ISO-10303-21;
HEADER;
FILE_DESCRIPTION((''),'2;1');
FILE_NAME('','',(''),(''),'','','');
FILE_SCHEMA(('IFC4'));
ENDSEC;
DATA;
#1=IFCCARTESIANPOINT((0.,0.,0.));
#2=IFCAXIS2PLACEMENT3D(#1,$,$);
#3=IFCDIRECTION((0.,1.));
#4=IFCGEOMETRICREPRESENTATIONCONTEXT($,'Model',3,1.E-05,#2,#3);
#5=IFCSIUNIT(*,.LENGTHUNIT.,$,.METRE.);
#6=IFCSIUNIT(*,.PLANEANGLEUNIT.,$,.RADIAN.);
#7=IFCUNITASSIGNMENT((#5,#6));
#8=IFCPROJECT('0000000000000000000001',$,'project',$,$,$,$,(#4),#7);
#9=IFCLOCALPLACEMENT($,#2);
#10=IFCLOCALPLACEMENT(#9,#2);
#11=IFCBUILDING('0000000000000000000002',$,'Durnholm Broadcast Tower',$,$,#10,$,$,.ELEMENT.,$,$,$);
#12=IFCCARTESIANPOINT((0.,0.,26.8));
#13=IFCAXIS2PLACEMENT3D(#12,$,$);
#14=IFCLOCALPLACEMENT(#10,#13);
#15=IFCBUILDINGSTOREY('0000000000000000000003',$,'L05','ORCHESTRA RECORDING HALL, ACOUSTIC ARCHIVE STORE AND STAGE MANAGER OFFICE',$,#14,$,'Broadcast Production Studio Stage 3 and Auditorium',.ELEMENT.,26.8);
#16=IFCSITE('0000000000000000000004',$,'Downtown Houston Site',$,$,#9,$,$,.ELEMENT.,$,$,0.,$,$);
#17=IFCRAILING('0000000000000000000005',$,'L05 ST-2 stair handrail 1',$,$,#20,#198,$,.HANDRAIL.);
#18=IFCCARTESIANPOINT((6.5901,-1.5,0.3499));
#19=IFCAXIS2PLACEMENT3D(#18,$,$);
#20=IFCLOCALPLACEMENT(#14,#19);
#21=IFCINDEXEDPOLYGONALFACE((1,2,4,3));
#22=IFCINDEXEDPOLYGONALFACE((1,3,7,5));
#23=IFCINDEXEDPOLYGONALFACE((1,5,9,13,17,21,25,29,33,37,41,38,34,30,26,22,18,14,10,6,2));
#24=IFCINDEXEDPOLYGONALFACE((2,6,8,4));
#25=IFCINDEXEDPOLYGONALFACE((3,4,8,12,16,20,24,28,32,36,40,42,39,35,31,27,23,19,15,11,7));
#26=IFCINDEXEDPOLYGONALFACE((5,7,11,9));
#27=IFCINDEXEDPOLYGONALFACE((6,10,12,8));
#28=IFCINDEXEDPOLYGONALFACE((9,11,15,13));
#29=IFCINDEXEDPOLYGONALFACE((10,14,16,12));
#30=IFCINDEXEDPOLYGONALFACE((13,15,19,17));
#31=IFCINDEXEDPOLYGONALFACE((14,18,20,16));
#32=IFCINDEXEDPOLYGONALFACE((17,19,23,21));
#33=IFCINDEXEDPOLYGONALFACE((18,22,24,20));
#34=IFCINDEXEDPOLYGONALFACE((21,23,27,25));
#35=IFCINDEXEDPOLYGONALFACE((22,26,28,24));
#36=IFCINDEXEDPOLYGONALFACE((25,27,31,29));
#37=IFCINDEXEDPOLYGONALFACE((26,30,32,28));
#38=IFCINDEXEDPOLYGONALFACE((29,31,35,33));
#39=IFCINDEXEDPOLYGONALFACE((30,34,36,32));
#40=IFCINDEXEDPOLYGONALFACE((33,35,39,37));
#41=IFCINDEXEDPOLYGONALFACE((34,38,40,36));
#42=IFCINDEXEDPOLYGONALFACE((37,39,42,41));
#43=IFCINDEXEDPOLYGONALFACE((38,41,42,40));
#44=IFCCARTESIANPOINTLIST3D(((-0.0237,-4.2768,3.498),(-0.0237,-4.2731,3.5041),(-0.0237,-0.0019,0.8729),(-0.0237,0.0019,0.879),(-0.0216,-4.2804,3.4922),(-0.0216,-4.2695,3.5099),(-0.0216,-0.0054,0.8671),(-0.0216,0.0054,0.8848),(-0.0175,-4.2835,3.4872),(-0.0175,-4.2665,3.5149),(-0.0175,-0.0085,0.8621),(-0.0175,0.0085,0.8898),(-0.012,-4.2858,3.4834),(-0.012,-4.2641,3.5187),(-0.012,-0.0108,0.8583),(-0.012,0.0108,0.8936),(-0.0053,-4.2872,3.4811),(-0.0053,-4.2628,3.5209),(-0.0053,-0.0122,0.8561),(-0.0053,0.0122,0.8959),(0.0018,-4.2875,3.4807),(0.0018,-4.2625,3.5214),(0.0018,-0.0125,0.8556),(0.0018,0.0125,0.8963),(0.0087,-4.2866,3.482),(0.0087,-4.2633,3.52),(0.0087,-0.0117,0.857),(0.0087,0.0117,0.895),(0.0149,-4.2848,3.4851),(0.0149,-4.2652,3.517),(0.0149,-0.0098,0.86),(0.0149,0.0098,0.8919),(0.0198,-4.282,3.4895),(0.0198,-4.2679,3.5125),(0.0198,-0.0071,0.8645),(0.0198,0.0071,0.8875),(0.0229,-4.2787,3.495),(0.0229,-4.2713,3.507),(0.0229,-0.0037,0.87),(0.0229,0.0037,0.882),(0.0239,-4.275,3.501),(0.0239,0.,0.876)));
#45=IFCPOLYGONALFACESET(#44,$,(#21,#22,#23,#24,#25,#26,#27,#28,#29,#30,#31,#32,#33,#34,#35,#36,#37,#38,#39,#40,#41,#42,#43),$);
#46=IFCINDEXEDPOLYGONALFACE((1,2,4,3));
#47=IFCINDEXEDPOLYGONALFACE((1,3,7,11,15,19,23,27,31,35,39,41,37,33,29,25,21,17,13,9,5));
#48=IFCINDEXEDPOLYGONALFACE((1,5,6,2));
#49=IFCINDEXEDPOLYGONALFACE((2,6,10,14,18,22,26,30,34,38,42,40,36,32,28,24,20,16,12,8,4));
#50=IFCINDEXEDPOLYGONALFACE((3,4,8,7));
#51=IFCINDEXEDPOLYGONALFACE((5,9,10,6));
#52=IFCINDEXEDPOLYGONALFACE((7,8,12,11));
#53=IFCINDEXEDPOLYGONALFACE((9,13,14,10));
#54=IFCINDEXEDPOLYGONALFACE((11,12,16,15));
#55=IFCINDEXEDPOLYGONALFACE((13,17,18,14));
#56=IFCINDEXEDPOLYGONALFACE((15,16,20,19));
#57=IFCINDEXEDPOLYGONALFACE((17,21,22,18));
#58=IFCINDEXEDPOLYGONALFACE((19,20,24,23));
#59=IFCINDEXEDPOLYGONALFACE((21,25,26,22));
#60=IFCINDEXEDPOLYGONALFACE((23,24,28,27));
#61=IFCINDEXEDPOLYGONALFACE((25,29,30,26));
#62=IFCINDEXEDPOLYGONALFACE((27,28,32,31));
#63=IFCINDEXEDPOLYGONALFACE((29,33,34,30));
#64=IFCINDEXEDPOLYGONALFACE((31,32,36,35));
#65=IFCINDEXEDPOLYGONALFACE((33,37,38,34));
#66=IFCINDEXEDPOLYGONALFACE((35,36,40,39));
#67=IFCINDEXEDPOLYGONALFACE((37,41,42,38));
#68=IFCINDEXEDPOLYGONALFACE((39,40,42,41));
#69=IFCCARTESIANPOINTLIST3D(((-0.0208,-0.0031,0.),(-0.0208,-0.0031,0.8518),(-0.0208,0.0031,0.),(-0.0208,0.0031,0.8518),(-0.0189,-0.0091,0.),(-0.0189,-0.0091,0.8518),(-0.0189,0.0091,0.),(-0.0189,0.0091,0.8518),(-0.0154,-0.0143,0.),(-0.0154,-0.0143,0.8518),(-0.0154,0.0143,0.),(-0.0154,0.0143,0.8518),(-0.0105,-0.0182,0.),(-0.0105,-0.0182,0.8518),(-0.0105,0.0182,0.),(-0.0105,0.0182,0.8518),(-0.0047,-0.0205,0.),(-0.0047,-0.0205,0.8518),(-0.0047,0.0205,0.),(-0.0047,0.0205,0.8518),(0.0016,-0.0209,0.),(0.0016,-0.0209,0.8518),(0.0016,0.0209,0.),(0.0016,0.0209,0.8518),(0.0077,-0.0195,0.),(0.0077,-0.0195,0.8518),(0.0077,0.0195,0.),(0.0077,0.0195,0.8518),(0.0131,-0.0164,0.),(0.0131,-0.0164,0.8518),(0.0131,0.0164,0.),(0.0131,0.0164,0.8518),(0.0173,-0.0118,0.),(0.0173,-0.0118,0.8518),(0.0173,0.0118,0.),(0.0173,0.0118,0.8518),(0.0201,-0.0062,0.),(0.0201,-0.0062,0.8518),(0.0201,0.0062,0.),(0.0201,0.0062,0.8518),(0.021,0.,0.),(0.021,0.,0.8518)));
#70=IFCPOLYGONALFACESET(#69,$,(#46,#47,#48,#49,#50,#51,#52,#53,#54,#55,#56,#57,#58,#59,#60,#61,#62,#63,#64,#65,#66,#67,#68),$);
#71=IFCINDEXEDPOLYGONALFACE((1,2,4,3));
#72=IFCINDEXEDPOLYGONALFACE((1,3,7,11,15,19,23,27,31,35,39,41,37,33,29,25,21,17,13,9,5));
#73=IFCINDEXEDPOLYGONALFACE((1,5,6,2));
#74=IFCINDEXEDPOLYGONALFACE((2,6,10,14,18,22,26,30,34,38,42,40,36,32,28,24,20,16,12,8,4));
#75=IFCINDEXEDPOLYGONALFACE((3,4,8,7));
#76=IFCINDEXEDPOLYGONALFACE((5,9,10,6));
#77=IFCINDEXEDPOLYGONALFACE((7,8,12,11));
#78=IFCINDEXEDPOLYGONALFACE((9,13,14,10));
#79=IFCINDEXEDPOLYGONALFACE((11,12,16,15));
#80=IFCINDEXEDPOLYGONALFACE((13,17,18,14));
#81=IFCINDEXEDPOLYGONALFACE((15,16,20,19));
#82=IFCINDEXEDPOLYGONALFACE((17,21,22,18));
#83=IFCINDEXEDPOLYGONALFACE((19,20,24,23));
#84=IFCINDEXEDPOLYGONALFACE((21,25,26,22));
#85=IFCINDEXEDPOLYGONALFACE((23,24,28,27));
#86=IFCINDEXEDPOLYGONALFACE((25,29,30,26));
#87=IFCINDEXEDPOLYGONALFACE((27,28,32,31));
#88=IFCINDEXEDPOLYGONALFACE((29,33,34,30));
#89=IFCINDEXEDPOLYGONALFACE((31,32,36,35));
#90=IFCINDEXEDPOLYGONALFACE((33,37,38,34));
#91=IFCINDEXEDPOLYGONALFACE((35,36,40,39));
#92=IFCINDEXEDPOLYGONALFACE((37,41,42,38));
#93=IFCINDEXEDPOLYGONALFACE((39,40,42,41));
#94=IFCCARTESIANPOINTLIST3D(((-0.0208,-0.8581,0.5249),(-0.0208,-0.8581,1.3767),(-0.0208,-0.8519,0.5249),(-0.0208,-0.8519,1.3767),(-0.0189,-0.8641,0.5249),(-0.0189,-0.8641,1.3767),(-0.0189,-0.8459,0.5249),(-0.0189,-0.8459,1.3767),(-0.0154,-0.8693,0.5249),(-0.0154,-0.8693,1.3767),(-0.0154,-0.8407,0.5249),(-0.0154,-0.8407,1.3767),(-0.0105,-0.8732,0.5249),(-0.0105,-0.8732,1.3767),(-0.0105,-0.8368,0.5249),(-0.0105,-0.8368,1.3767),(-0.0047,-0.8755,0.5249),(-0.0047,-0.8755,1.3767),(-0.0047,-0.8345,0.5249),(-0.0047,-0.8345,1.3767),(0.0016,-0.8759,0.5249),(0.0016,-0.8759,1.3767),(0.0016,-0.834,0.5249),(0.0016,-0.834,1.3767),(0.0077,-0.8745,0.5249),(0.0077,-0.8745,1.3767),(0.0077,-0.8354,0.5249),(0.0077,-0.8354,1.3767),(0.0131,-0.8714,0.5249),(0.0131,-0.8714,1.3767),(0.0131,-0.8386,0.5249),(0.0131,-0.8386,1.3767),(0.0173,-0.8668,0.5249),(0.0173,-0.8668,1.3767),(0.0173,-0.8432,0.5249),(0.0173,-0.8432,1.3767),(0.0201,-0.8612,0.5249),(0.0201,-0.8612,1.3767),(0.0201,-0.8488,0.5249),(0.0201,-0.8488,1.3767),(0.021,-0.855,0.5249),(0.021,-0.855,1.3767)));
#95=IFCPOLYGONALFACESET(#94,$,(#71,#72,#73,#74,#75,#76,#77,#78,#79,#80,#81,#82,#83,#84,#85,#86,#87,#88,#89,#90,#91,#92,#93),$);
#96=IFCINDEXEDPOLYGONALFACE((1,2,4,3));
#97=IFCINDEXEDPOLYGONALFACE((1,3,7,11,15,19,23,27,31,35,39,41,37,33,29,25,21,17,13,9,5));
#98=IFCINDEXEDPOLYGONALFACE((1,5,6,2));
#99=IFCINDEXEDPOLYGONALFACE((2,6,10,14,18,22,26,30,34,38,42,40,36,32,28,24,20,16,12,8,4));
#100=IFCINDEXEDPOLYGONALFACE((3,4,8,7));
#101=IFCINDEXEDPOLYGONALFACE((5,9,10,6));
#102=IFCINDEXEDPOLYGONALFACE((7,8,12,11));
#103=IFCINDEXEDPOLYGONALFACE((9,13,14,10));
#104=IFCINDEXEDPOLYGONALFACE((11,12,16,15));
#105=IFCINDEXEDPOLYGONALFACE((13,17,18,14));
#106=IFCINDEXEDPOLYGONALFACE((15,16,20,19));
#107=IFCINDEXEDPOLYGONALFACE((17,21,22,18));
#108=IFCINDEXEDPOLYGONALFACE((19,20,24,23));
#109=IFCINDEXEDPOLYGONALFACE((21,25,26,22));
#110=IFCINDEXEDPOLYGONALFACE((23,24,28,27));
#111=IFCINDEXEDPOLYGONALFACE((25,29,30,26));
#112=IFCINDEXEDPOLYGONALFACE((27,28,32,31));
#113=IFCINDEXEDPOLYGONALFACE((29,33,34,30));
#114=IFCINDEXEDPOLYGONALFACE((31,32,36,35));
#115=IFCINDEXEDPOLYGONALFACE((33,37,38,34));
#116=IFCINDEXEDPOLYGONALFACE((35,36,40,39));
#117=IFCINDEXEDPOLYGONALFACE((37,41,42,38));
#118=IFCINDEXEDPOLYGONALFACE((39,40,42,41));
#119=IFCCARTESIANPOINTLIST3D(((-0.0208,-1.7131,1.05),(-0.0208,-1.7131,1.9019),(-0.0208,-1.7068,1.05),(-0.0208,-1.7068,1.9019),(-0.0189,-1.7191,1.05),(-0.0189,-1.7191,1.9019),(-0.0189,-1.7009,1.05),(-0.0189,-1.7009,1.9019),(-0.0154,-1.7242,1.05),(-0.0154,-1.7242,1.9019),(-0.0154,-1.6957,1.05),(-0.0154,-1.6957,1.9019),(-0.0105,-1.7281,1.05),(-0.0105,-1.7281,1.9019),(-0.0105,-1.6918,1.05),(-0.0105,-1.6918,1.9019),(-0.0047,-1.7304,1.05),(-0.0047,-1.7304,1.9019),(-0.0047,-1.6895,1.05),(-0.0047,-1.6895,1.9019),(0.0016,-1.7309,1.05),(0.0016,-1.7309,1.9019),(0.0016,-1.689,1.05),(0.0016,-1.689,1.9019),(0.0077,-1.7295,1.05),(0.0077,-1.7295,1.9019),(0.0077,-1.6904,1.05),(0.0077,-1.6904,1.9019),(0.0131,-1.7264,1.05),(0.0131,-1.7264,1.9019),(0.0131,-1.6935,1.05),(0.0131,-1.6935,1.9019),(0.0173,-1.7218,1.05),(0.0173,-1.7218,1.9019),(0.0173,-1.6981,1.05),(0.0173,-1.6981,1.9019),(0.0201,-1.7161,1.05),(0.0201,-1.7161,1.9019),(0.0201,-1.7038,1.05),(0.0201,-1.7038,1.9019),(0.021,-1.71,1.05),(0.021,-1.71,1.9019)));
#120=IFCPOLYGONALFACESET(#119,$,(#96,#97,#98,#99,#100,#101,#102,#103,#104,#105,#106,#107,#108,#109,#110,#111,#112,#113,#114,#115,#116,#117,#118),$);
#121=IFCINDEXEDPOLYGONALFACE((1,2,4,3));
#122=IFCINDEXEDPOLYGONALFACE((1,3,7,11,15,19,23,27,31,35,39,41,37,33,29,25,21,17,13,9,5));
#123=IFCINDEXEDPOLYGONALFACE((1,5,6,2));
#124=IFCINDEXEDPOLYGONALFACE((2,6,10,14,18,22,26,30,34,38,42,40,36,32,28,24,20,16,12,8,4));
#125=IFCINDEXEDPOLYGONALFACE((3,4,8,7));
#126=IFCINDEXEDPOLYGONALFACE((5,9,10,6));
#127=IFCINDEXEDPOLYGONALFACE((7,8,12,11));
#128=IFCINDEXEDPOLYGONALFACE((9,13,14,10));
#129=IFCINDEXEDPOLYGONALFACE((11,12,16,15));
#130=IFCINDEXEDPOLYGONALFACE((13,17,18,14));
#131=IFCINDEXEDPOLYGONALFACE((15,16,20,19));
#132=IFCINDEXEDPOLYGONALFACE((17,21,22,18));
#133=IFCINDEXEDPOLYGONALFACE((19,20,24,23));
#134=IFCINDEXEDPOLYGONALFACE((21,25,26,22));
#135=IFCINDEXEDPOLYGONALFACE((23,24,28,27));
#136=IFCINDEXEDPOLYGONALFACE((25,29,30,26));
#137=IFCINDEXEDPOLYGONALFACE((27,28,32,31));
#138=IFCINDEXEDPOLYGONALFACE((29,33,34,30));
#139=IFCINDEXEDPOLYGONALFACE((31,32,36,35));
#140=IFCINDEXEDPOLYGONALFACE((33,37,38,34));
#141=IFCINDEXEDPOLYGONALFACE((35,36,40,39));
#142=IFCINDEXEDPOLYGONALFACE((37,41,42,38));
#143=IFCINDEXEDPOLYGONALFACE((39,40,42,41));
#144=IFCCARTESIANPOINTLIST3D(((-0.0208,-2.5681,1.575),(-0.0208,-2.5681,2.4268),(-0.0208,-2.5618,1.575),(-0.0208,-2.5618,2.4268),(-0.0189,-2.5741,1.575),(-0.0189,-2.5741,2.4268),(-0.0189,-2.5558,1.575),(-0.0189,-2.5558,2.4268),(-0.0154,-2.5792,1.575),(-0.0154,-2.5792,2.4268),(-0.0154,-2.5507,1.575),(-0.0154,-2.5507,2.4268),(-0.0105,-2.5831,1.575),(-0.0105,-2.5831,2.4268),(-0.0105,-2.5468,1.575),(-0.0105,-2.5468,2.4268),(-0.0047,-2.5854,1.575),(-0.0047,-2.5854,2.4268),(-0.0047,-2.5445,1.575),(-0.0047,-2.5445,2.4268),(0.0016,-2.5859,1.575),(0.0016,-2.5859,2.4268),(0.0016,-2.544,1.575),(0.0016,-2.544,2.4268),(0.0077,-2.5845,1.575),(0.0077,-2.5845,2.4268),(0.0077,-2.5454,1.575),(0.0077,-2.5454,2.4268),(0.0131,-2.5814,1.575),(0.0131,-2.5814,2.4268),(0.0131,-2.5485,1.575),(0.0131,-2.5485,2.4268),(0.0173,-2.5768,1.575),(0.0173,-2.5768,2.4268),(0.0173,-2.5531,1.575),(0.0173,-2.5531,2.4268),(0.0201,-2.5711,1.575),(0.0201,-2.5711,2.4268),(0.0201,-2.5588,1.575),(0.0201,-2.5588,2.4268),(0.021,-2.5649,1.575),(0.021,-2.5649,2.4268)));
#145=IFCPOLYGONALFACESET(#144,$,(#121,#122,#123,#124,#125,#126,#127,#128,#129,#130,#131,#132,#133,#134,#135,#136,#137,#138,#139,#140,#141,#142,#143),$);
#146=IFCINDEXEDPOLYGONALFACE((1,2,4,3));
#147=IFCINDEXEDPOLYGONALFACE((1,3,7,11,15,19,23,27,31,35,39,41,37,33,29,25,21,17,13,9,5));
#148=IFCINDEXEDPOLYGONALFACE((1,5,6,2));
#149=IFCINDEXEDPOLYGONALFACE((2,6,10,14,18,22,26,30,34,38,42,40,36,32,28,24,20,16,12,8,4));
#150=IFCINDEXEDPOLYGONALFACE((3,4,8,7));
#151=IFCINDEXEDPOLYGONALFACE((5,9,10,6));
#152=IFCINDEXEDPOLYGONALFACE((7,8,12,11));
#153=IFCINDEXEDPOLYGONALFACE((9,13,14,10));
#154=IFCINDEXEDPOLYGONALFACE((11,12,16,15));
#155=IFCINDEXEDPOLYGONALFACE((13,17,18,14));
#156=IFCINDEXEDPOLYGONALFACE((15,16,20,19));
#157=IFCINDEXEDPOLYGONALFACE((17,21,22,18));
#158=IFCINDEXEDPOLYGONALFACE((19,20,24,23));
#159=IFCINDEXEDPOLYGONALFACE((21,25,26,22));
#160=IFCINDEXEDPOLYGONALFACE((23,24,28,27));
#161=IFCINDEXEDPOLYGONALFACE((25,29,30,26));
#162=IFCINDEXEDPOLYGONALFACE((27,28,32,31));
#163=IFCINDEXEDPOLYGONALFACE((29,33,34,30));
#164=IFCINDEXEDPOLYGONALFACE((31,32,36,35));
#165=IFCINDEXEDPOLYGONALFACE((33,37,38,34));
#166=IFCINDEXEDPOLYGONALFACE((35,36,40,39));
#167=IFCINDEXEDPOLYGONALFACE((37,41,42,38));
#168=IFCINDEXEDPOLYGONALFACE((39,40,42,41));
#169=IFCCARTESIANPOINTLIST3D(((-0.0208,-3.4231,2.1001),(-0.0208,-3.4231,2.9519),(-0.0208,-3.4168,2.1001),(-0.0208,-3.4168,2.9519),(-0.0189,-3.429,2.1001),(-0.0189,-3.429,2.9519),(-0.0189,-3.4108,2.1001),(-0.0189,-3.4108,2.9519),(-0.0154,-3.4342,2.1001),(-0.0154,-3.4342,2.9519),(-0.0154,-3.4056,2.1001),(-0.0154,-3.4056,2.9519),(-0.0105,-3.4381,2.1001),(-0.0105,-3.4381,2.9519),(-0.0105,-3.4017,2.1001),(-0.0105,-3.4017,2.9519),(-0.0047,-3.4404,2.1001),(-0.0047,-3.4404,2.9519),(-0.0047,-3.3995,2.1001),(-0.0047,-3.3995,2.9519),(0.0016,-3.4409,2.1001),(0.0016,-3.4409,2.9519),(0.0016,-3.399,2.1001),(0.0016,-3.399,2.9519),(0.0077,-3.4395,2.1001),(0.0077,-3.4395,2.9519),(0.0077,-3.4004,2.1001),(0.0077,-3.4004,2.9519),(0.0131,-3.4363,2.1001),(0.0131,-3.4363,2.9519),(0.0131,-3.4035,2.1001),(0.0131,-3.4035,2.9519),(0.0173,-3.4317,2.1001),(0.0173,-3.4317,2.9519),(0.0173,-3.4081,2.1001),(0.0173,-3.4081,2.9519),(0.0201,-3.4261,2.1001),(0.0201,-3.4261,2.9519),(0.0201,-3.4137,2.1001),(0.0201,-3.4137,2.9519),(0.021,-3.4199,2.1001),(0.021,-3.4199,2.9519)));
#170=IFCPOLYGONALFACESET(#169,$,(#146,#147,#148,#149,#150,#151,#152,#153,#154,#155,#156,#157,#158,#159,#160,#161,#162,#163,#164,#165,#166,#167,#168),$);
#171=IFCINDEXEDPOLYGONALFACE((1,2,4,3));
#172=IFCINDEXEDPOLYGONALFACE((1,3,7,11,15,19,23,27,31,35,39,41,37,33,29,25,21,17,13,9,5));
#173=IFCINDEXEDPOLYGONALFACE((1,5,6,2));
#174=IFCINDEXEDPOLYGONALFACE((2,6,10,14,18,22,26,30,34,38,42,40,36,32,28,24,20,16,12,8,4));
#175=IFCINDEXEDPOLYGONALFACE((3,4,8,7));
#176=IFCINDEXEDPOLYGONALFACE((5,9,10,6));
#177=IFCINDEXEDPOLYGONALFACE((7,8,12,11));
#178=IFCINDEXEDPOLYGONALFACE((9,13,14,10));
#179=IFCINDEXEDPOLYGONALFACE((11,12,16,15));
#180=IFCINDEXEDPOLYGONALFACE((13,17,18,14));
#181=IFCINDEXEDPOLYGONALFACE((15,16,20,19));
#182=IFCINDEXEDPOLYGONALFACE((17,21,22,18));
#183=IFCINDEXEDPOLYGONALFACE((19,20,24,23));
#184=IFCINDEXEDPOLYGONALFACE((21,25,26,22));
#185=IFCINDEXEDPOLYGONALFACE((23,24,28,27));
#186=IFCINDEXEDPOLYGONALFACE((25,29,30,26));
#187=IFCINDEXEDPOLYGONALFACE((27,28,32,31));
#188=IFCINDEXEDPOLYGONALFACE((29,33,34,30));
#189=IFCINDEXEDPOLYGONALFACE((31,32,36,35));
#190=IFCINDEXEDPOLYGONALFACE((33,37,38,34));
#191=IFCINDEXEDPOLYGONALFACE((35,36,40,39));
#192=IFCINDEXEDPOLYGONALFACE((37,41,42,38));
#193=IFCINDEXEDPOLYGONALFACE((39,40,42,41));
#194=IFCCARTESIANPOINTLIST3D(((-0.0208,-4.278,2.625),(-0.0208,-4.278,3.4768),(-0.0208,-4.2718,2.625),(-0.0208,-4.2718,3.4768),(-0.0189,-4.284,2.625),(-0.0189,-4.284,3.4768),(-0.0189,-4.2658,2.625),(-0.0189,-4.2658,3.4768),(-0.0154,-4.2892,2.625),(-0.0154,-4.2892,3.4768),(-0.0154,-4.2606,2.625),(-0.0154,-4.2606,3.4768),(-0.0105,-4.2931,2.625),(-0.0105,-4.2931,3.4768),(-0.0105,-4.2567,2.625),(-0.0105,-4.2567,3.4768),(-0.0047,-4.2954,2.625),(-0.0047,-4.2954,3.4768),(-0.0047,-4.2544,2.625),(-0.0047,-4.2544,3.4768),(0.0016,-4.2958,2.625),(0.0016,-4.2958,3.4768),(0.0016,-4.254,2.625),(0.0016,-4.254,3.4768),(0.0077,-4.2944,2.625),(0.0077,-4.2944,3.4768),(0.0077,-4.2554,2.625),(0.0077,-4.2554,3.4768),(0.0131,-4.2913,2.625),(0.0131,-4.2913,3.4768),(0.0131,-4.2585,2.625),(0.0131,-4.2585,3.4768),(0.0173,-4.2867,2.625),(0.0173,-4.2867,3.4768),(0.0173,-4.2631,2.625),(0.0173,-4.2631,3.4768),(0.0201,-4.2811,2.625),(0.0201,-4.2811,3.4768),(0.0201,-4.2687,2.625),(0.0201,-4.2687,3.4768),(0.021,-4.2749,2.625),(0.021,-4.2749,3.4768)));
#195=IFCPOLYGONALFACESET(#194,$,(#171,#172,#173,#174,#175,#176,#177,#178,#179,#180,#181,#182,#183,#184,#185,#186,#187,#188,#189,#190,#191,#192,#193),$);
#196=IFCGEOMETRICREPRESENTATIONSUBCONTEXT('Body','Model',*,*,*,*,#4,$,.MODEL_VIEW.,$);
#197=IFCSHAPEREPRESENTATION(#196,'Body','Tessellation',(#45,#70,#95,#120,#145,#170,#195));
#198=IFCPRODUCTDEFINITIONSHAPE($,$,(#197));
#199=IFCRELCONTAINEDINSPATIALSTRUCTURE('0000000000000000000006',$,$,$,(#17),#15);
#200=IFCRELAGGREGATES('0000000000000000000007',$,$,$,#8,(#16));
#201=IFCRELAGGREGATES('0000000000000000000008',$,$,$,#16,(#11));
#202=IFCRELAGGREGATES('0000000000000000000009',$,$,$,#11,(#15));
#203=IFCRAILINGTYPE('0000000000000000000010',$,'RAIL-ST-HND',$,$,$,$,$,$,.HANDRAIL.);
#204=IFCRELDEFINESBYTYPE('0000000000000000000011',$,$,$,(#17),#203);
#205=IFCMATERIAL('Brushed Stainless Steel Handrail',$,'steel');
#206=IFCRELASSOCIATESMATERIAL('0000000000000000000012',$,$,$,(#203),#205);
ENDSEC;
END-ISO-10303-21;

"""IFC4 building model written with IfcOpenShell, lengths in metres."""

from ifc_helpers import new_model, si_unit, direction, frame, origin, origin_2d, place, context, subcontext, project, spatial, circle, extrude, material, type_object, element, save


model = new_model("IFC4")

# Units and contexts
model_context = context("Model", 3, precision=1e-05, world=origin(), true_north=direction((0.0, 1.0)))
body_context = subcontext(model_context, "Body", "Model", "MODEL_VIEW")
ifc_project = project(units=[si_unit("LENGTHUNIT", "METRE"), si_unit("PLANEANGLEUNIT", "RADIAN")], contexts=[model_context])

# Site, building, storey
site_placement = place(None, origin())
site = spatial("IfcSite", under=ifc_project, at=site_placement, Name="Downtown Houston Site", CompositionType="ELEMENT", RefElevation=0.0)
building_placement = place(site_placement, origin())
building = spatial("IfcBuilding", under=site, at=building_placement, Name="Durnholm Broadcast Tower", CompositionType="ELEMENT")
storey_placement = place(building_placement, frame((0.0, 0.0, 26.8)))
storey = spatial("IfcBuildingStorey", under=building, at=storey_placement, Name="L05", Description="ORCHESTRA RECORDING HALL, ACOUSTIC ARCHIVE STORE AND STAGE MANAGER OFFICE", LongName="Broadcast Production Studio Stage 3 and Auditorium", CompositionType="ELEMENT", Elevation=26.8)

# Railing
ifc_material_1 = material(Name="Brushed Stainless Steel Handrail", Category="steel")
railing_type_1 = type_object("IfcRailingType", Name="RAIL-ST-HND", PredefinedType="HANDRAIL", material=ifc_material_1)
railing_1_placement = place(storey_placement, frame((6.5901, -1.5, 0.3499)))
element("IfcRailing", 1, at=railing_1_placement, inside=storey, type_object=railing_type_1, Name="L05 ST-2 stair handrail 1", PredefinedType="HANDRAIL", context=body_context, shape_type="SweptSolid", body=[
    extrude(circle(Radius=0.0239, at=origin_2d()), frame((0.0, 0.0, 0.876), z_axis=(0.0, -0.852166, 0.523272), x_axis=(1.0, 0.0, 0.0)), (0.0, 0.0, 1.0), 5.0166),
    extrude(circle(Radius=0.021, at=origin_2d()), origin(), (0.0, 0.0, 1.0), 0.8518),
    extrude(circle(Radius=0.021, at=origin_2d()), frame((0.0, -0.855, 0.5249)), (0.0, 0.0, 1.0), 0.8518),
    extrude(circle(Radius=0.021, at=origin_2d()), frame((0.0, -1.71, 1.05)), (0.0, 0.0, 1.0), 0.8518),
    extrude(circle(Radius=0.021, at=origin_2d()), frame((0.0, -2.5649, 1.575)), (0.0, 0.0, 1.0), 0.8518),
    extrude(circle(Radius=0.021, at=origin_2d()), frame((0.0, -3.4199, 2.1001)), (0.0, 0.0, 1.0), 0.8518),
    extrude(circle(Radius=0.021, at=origin_2d()), frame((0.0, -4.2749, 2.625)), (0.0, 0.0, 1.0), 0.8518),
])

save(model, "model.ifc")
